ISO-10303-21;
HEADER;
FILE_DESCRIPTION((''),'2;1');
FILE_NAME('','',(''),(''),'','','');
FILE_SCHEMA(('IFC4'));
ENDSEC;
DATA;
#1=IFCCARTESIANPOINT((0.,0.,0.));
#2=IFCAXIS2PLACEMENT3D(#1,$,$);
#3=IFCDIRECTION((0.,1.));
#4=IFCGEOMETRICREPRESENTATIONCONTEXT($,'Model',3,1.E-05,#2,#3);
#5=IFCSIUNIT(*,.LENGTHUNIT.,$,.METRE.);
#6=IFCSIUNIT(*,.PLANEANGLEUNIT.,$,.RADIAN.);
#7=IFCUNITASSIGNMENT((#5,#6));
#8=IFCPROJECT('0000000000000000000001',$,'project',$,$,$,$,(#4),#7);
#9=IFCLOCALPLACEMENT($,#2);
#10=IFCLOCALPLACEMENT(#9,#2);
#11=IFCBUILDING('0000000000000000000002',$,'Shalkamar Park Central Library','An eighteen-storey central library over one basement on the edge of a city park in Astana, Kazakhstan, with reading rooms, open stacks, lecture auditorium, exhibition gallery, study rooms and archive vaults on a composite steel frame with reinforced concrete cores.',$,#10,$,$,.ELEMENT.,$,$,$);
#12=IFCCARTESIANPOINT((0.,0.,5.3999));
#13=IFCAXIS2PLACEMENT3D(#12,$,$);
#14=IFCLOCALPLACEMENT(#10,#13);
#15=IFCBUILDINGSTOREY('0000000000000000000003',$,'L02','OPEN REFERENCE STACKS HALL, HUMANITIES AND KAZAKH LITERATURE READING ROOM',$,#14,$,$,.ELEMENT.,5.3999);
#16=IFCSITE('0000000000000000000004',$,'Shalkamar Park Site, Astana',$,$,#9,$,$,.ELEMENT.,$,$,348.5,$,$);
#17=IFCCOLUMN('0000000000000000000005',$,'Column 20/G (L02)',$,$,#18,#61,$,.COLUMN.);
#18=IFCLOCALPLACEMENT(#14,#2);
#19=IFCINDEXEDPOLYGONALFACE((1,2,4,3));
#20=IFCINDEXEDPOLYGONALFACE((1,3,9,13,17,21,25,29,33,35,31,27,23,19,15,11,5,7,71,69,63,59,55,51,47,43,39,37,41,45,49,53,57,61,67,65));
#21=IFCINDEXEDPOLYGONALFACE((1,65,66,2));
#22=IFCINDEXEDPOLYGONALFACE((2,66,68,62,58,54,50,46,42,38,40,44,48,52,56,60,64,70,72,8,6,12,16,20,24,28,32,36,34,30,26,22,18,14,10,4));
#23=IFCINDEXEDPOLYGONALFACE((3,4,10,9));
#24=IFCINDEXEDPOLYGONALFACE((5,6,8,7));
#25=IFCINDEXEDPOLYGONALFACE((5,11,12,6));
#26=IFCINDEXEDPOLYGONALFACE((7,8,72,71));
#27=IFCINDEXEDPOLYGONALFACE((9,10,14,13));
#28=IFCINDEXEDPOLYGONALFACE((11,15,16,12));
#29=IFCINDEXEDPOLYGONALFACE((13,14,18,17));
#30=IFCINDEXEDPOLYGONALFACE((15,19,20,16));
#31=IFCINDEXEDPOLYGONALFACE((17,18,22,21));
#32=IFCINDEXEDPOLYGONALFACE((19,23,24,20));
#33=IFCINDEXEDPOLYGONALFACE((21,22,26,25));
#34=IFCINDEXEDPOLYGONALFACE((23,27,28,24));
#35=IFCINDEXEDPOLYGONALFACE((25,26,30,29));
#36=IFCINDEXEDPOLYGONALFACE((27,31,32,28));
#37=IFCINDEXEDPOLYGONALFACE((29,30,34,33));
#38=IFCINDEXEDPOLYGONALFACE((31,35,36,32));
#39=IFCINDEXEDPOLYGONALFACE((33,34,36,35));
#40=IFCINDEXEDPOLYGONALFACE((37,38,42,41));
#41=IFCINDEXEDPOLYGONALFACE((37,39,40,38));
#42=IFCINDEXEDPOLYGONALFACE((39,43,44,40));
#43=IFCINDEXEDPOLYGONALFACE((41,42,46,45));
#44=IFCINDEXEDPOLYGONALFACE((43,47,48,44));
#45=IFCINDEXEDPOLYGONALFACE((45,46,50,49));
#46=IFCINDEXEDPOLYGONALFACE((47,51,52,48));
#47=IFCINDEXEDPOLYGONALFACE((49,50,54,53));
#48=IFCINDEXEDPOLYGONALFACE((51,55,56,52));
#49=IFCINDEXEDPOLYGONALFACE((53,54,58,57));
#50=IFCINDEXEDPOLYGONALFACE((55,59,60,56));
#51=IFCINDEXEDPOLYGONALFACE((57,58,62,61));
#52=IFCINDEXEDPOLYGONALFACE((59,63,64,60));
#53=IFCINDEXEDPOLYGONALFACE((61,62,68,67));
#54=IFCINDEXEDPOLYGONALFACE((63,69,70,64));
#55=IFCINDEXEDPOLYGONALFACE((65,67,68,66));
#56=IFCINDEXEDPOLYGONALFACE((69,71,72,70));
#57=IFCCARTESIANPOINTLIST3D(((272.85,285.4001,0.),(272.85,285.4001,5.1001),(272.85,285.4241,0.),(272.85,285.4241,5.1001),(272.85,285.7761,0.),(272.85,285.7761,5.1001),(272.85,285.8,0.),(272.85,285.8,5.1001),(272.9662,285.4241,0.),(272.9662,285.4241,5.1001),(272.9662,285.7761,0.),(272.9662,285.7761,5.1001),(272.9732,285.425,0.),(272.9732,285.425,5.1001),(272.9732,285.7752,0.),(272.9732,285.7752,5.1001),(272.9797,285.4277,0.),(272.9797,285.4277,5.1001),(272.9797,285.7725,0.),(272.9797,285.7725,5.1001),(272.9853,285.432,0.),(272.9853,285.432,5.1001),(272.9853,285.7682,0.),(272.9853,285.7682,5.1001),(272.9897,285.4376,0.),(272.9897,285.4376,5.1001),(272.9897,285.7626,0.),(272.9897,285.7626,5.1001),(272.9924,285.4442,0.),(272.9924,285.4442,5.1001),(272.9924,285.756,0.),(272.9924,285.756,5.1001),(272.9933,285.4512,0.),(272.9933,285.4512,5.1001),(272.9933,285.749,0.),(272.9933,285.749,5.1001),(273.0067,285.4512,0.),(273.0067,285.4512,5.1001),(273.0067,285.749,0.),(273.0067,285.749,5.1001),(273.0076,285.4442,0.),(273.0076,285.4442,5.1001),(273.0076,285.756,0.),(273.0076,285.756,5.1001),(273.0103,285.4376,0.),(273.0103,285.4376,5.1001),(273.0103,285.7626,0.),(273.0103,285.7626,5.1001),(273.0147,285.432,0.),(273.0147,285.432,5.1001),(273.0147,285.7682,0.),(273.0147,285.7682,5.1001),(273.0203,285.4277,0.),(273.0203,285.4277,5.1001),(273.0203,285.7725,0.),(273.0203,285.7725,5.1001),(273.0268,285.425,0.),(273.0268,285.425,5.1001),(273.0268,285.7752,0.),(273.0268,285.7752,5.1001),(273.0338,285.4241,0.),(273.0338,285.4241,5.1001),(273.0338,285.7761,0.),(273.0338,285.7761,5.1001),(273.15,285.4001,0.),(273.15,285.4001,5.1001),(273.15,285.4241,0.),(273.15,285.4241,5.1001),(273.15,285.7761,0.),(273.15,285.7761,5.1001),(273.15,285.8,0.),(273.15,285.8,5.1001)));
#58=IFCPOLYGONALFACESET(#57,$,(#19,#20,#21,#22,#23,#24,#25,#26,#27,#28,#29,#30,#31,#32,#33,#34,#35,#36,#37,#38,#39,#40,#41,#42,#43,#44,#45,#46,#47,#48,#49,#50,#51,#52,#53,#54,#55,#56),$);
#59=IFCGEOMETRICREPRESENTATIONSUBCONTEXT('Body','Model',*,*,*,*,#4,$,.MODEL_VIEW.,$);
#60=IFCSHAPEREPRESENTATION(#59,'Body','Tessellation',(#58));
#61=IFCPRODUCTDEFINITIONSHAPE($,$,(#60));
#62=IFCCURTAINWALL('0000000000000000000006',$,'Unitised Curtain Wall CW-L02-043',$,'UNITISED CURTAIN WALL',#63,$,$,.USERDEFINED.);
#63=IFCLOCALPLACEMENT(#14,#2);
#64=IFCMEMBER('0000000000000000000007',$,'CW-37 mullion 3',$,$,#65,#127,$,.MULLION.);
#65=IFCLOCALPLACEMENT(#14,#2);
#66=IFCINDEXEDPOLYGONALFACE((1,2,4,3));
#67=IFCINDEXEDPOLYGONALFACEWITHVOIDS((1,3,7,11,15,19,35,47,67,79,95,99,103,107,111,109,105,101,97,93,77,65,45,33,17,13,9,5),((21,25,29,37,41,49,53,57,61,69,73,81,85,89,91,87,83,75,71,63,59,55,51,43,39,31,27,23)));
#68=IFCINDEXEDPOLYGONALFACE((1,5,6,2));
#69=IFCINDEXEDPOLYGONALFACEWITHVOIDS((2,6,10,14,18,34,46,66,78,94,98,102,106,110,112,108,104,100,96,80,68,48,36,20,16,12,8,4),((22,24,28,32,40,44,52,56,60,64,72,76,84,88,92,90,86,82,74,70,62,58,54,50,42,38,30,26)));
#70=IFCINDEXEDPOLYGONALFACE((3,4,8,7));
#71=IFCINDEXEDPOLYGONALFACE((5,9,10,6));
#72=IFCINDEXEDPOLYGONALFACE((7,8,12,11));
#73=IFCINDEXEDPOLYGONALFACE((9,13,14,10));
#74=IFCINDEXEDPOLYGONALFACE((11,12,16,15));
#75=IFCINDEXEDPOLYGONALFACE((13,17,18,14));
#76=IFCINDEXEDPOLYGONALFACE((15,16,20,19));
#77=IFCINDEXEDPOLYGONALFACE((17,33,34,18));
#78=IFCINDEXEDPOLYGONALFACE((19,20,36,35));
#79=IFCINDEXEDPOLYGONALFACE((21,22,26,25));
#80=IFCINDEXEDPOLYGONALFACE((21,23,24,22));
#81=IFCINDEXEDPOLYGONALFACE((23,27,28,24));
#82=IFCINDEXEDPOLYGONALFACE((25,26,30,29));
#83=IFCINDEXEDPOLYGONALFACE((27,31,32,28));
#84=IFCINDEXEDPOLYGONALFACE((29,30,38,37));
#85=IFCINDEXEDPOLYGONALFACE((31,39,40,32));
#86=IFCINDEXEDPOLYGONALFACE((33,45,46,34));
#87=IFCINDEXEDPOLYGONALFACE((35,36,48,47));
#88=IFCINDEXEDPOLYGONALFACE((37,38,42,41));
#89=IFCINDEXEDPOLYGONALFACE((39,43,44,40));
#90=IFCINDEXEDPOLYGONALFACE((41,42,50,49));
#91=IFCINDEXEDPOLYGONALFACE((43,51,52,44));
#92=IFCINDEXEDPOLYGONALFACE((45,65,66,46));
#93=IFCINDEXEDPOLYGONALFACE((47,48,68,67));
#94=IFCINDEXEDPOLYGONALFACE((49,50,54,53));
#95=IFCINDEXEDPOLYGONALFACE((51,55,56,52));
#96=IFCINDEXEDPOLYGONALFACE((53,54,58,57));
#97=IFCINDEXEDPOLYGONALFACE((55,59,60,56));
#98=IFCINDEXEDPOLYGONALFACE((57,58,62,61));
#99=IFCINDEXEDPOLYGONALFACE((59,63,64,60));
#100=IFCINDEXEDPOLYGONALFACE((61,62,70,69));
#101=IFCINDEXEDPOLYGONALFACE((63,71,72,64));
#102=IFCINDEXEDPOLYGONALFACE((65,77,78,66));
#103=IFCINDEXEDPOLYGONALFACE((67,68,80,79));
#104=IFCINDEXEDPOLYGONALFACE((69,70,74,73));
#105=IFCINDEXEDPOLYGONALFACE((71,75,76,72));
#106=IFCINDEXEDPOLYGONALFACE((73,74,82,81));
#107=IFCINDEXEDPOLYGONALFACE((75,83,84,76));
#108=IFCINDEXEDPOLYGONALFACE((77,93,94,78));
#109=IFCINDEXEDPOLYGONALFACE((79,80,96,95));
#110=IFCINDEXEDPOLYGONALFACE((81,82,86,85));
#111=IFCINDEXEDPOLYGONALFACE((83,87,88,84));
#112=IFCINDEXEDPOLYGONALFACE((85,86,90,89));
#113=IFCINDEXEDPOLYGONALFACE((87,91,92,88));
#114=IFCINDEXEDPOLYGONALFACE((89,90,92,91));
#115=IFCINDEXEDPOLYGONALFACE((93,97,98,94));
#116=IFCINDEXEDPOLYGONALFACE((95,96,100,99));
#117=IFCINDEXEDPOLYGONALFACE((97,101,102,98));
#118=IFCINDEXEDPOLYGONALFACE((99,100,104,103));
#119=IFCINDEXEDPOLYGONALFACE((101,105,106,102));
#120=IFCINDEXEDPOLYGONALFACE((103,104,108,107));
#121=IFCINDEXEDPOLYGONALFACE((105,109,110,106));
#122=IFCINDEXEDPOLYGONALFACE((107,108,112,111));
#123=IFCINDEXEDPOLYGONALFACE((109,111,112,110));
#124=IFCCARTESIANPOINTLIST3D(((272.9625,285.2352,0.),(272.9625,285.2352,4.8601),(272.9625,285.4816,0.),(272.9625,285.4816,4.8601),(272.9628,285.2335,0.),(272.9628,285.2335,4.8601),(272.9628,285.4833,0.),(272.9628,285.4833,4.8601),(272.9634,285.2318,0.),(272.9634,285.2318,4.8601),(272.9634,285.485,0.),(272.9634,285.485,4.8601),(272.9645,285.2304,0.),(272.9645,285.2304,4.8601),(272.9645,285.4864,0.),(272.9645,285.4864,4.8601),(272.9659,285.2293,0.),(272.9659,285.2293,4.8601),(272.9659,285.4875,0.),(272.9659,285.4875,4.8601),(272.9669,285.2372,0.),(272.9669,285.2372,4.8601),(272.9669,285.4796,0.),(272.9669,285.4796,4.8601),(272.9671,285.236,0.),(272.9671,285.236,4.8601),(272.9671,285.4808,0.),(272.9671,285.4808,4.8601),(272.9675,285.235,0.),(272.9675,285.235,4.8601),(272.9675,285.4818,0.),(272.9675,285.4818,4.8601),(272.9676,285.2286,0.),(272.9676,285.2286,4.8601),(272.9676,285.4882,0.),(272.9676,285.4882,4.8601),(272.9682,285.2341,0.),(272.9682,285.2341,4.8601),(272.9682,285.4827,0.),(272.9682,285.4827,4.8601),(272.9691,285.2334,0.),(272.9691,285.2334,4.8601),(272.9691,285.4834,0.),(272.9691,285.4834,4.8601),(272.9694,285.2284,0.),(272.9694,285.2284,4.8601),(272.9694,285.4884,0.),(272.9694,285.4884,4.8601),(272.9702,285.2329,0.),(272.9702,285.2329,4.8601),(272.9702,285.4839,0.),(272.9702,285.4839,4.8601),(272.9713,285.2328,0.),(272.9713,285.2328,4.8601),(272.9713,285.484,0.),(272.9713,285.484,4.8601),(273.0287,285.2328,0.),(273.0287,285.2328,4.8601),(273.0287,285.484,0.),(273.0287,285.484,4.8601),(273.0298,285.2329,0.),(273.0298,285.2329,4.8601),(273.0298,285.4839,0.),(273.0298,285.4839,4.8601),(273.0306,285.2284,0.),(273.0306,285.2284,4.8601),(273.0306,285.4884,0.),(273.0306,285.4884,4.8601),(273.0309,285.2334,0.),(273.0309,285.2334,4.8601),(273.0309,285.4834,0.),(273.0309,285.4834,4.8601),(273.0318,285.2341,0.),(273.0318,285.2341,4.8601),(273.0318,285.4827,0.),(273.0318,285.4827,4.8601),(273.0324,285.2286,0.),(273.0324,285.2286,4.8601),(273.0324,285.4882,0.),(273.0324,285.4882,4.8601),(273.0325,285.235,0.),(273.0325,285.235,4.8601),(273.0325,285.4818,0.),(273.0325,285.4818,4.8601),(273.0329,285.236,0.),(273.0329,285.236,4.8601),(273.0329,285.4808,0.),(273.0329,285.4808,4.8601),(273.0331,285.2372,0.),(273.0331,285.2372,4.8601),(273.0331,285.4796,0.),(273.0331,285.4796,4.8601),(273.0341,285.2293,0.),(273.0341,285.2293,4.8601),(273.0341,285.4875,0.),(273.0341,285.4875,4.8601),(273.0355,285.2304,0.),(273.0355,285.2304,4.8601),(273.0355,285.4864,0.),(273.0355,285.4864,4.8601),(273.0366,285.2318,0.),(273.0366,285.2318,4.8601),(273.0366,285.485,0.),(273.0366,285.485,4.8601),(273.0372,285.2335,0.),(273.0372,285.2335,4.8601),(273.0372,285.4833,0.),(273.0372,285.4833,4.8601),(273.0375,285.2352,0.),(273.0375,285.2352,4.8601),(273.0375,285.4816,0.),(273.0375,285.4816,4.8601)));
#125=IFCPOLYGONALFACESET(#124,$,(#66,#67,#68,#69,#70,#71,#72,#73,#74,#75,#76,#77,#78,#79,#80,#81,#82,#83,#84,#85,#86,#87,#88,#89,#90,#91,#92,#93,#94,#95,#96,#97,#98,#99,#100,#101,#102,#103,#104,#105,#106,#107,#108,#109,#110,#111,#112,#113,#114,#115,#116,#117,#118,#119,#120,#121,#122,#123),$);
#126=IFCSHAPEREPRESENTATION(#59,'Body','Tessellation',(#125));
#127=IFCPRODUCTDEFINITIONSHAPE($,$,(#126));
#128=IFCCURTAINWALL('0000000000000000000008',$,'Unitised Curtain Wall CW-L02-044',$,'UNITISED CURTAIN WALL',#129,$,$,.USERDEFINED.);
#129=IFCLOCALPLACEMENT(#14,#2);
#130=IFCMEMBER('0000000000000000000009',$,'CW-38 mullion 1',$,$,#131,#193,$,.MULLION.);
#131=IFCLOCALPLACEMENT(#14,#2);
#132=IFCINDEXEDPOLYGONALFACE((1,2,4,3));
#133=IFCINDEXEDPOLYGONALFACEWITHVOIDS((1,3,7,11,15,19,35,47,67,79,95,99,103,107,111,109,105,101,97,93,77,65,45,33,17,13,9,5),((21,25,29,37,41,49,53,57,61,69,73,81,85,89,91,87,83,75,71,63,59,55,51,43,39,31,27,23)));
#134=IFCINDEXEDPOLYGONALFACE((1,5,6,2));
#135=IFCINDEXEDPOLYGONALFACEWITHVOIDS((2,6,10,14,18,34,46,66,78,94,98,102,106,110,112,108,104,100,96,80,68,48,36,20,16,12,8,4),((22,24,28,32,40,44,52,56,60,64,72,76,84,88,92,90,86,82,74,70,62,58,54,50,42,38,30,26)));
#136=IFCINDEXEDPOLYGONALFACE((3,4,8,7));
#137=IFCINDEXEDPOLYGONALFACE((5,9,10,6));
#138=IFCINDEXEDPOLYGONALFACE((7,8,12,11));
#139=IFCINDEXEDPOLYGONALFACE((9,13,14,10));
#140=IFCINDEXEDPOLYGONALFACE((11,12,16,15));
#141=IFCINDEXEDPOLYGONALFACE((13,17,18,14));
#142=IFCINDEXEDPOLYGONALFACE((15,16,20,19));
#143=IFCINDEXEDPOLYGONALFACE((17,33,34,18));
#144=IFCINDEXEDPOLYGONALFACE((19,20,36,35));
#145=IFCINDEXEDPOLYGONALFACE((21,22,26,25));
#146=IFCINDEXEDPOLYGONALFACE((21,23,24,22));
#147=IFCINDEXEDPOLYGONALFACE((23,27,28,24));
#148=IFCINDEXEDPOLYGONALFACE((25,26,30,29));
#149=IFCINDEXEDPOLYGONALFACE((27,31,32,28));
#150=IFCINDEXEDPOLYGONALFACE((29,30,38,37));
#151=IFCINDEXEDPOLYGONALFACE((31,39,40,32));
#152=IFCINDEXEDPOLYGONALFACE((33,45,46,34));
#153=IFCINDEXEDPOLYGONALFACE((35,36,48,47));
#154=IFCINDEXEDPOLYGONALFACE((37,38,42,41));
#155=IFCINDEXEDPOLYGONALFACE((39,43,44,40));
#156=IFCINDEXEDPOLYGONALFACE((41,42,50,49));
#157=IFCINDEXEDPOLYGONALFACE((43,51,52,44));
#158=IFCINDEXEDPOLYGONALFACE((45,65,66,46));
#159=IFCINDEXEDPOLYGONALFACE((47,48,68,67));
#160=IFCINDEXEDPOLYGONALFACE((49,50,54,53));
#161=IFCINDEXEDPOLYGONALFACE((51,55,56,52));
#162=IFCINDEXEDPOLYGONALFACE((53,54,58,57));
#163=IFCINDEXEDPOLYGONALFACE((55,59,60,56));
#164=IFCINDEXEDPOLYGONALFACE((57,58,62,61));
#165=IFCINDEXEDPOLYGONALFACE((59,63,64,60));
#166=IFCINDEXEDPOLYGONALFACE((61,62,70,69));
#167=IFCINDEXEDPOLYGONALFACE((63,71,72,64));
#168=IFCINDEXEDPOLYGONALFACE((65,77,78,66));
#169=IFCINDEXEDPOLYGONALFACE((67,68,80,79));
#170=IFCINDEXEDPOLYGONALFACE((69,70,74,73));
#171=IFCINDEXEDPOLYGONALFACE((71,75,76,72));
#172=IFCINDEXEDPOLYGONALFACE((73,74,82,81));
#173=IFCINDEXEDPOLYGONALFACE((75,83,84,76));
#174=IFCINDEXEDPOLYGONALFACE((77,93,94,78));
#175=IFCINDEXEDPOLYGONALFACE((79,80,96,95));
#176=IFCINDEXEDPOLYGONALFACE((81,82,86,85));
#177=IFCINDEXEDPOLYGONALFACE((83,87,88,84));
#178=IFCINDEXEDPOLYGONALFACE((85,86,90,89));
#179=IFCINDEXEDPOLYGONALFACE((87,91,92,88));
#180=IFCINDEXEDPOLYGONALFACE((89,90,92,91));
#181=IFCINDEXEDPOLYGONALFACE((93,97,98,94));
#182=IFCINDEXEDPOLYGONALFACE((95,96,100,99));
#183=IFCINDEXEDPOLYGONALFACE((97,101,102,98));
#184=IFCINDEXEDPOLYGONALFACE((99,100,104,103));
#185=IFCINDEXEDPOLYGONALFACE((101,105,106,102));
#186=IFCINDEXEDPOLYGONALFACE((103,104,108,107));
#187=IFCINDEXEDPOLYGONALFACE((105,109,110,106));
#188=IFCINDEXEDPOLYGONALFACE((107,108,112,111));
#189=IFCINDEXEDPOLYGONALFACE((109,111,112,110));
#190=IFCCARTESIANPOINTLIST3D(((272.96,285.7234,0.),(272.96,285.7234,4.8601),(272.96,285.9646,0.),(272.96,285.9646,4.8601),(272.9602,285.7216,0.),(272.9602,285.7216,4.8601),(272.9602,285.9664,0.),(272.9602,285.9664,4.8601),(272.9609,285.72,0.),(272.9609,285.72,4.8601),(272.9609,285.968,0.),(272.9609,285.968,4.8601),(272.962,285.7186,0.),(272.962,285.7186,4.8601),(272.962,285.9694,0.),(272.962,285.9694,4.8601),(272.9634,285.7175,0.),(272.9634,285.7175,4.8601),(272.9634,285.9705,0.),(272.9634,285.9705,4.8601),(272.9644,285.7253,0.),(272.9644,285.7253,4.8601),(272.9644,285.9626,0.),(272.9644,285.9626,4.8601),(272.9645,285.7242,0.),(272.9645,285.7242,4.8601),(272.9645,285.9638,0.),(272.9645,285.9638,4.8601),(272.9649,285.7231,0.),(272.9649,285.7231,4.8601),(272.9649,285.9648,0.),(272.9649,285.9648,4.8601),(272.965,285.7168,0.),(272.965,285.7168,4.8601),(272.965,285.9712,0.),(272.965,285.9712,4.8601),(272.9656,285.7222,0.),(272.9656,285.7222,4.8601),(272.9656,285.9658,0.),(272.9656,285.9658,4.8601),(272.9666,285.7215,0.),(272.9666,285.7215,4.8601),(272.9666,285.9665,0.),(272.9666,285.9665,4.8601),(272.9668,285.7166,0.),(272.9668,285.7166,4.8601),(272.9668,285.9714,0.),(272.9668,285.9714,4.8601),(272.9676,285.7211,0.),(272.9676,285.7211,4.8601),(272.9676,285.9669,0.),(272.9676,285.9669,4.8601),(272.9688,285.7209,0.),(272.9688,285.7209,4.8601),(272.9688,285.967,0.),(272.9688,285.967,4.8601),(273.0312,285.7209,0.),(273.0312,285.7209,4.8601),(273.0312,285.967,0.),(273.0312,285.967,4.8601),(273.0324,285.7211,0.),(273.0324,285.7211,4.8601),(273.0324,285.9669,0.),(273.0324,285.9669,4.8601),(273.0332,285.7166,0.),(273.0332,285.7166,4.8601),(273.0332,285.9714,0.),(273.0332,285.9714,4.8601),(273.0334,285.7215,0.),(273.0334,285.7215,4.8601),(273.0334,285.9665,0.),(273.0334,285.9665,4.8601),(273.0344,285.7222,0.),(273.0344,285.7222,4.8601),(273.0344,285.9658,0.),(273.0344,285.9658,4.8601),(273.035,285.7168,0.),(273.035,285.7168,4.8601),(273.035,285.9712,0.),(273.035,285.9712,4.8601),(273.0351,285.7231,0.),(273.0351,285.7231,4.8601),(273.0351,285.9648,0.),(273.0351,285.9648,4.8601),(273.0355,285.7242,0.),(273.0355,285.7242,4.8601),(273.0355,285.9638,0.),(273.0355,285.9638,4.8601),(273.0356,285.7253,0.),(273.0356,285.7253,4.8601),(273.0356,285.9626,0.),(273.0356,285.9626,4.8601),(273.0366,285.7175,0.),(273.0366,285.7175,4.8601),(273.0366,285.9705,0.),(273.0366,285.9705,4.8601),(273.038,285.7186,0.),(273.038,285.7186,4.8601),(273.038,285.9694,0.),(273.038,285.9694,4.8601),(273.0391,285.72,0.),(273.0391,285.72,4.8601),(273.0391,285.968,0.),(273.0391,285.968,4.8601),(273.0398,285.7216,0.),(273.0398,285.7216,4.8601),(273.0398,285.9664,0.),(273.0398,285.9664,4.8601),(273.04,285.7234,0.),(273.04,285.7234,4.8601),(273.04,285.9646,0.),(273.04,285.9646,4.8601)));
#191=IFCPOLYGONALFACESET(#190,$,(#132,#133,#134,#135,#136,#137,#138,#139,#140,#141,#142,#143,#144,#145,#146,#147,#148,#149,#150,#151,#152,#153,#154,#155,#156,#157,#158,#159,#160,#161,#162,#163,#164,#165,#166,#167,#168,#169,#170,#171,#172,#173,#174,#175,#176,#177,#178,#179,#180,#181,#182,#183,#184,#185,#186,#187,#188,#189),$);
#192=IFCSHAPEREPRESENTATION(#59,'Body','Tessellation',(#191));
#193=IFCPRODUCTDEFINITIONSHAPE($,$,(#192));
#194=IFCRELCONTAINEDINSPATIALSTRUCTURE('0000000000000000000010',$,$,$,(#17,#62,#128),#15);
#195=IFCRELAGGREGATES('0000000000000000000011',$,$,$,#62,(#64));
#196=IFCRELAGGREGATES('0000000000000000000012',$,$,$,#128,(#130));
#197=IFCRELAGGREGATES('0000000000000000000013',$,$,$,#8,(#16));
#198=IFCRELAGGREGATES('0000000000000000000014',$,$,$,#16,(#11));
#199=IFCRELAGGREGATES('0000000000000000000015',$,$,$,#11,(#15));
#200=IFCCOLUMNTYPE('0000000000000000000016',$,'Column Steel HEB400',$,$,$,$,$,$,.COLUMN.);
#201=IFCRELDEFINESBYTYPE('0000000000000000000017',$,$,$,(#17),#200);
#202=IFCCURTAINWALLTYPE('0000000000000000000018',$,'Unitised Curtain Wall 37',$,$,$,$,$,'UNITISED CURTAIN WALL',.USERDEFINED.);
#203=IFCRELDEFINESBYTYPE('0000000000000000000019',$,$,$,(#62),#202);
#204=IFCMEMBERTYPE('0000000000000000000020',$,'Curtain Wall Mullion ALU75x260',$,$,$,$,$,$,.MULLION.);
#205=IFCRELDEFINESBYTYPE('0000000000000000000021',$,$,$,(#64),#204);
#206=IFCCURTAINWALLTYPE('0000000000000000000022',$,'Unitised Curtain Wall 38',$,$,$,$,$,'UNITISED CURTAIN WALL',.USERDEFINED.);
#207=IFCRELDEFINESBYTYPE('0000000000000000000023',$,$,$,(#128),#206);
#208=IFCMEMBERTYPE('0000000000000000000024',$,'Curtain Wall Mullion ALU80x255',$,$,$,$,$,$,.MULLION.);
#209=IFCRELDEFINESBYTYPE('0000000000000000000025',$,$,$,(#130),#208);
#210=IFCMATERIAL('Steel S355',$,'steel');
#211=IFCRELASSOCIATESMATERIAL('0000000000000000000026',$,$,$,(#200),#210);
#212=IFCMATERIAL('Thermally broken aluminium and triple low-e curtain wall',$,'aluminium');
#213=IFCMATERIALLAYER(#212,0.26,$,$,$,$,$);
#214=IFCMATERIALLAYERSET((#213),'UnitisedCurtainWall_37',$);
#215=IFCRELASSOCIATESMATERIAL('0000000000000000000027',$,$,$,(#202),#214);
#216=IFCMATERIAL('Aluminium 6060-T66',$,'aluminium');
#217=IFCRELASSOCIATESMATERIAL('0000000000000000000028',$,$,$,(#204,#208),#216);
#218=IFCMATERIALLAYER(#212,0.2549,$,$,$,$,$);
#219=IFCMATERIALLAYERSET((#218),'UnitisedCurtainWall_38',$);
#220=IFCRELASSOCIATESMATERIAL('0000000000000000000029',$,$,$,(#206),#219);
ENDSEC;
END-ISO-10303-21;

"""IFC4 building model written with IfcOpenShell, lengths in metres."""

from ifc_helpers import new_model, si_unit, direction, frame, origin, origin_2d, place, context, subcontext, project, spatial, hollow_rectangle, i_section, extrude, material, layer, layer_set, material_profile, profile_set, type_object, element, aggregate, save


model = new_model("IFC4")

# Units and contexts
model_context = context("Model", 3, precision=1e-05, world=origin(), true_north=direction((0.0, 1.0)))
body_context = subcontext(model_context, "Body", "Model", "MODEL_VIEW")
ifc_project = project(units=[si_unit("LENGTHUNIT", "METRE"), si_unit("PLANEANGLEUNIT", "RADIAN")], contexts=[model_context])

# Site, building, storey
site_placement = place(None, origin())
site = spatial("IfcSite", under=ifc_project, at=site_placement, Name="Shalkamar Park Site, Astana", CompositionType="ELEMENT", RefElevation=348.5)
building_placement = place(site_placement, origin())
building = spatial("IfcBuilding", under=site, at=building_placement, Name="Shalkamar Park Central Library", Description="An eighteen-storey central library over one basement on the edge of a city park in Astana, Kazakhstan, with reading rooms, open stacks, lecture auditorium, exhibition gallery, study rooms and archive vaults on a composite steel frame with reinforced concrete cores.", CompositionType="ELEMENT")
storey_placement = place(building_placement, frame((0.0, 0.0, 5.3999)))
storey = spatial("IfcBuildingStorey", under=building, at=storey_placement, Name="L02", Description="OPEN REFERENCE STACKS HALL, HUMANITIES AND KAZAKH LITERATURE READING ROOM", CompositionType="ELEMENT", Elevation=5.3999)

# Column
ifc_material_1 = material(Name="Steel S355", Category="steel")
ifc_material_profile_1 = material_profile(ifc_material_1, i_section(OverallWidth=0.3, OverallDepth=0.3999, WebThickness=0.0134, FlangeThickness=0.0239, FilletRadius=0.0271, at=origin_2d()), Name="HEB 400")
ifc_profile_set_1 = profile_set([ifc_material_profile_1], Name="Steel S355")
column_type = type_object("IfcColumnType", Name="Column Steel HEB400", PredefinedType="COLUMN", material=ifc_profile_set_1)
column_placement = place(storey_placement, frame((273.0, 285.6001, 0.0), z_axis=(0.0, 0.0, 1.0), x_axis=(1.0, 0.0, 0.0)))
element("IfcColumn", 1, at=column_placement, inside=storey, type_object=column_type, Name="Column 20/G (L02)", PredefinedType="COLUMN", context=body_context, shape_type="SweptSolid", body=[
    extrude(i_section(OverallWidth=0.3, OverallDepth=0.3999, WebThickness=0.0134, FlangeThickness=0.0239, FilletRadius=0.0271, at=origin_2d()), origin(), (0.0, 0.0, 1.0), 5.1001),
])

# Curtain wall, member
ifc_material_2 = material(Name="Thermally broken aluminium and triple low-e curtain wall", Category="aluminium")
ifc_layer_1 = layer(ifc_material_2, 0.26)
ifc_layer_set_1 = layer_set([ifc_layer_1], Name="UnitisedCurtainWall_37")
curtain_wall_type_1 = type_object("IfcCurtainWallType", Name="Unitised Curtain Wall 37", ElementType="UNITISED CURTAIN WALL", PredefinedType="USERDEFINED", material=ifc_layer_set_1)
curtain_wall_1_placement = place(storey_placement, origin())
curtain_wall_1 = element("IfcCurtainWall", 2, at=curtain_wall_1_placement, inside=storey, type_object=curtain_wall_type_1, Name="Unitised Curtain Wall CW-L02-043", ObjectType="UNITISED CURTAIN WALL", PredefinedType="USERDEFINED")
ifc_material_3 = material(Name="Aluminium 6060-T66", Category="aluminium")
ifc_material_profile_2 = material_profile(ifc_material_3, hollow_rectangle(XDim=0.075, YDim=0.26, WallThickness=0.0044, InnerFilletRadius=0.0044, OuterFilletRadius=0.0068, at=origin_2d()), Name="ALU 75x260x4.5")
ifc_profile_set_2 = profile_set([ifc_material_profile_2], Name="Aluminium 6060-T66")
member_type_1 = type_object("IfcMemberType", Name="Curtain Wall Mullion ALU75x260", PredefinedType="MULLION", material=ifc_profile_set_2)
member_1_placement = place(storey_placement, frame((273.0, 285.3584, 0.0), z_axis=(0.0, 0.0, 1.0), x_axis=(-1.0, 0.0, 0.0)))
member_1 = element("IfcMember", 3, at=member_1_placement, type_object=member_type_1, Name="CW-37 mullion 3", PredefinedType="MULLION", context=body_context, shape_type="SweptSolid", body=[
    extrude(hollow_rectangle(XDim=0.075, YDim=0.26, WallThickness=0.0044, InnerFilletRadius=0.0044, OuterFilletRadius=0.0068, at=origin_2d()), origin(), (0.0, 0.0, 1.0), 4.8601),
])
aggregate(curtain_wall_1, [member_1])

# Curtain wall, member
ifc_layer_2 = layer(ifc_material_2, 0.2549)
ifc_layer_set_2 = layer_set([ifc_layer_2], Name="UnitisedCurtainWall_38")
curtain_wall_type_2 = type_object("IfcCurtainWallType", Name="Unitised Curtain Wall 38", ElementType="UNITISED CURTAIN WALL", PredefinedType="USERDEFINED", material=ifc_layer_set_2)
curtain_wall_2_placement = place(storey_placement, origin())
curtain_wall_2 = element("IfcCurtainWall", 4, at=curtain_wall_2_placement, inside=storey, type_object=curtain_wall_type_2, Name="Unitised Curtain Wall CW-L02-044", ObjectType="UNITISED CURTAIN WALL", PredefinedType="USERDEFINED")
ifc_material_profile_3 = material_profile(ifc_material_3, hollow_rectangle(XDim=0.0801, YDim=0.2549, WallThickness=0.0044, InnerFilletRadius=0.0044, OuterFilletRadius=0.0068, at=origin_2d()), Name="ALU 80x255x4.5")
ifc_profile_set_3 = profile_set([ifc_material_profile_3], Name="Aluminium 6060-T66")
member_type_2 = type_object("IfcMemberType", Name="Curtain Wall Mullion ALU80x255", PredefinedType="MULLION", material=ifc_profile_set_3)
member_2_placement = place(storey_placement, frame((273.0, 285.844, 0.0), z_axis=(0.0, 0.0, 1.0), x_axis=(-1.0, 0.0, 0.0)))
member_2 = element("IfcMember", 5, at=member_2_placement, type_object=member_type_2, Name="CW-38 mullion 1", PredefinedType="MULLION", context=body_context, shape_type="SweptSolid", body=[
    extrude(hollow_rectangle(XDim=0.0801, YDim=0.2549, WallThickness=0.0044, InnerFilletRadius=0.0044, OuterFilletRadius=0.0068, at=origin_2d()), origin(), (0.0, 0.0, 1.0), 4.8601),
])

aggregate(curtain_wall_2, [member_2])

save(model, "model.ifc")
